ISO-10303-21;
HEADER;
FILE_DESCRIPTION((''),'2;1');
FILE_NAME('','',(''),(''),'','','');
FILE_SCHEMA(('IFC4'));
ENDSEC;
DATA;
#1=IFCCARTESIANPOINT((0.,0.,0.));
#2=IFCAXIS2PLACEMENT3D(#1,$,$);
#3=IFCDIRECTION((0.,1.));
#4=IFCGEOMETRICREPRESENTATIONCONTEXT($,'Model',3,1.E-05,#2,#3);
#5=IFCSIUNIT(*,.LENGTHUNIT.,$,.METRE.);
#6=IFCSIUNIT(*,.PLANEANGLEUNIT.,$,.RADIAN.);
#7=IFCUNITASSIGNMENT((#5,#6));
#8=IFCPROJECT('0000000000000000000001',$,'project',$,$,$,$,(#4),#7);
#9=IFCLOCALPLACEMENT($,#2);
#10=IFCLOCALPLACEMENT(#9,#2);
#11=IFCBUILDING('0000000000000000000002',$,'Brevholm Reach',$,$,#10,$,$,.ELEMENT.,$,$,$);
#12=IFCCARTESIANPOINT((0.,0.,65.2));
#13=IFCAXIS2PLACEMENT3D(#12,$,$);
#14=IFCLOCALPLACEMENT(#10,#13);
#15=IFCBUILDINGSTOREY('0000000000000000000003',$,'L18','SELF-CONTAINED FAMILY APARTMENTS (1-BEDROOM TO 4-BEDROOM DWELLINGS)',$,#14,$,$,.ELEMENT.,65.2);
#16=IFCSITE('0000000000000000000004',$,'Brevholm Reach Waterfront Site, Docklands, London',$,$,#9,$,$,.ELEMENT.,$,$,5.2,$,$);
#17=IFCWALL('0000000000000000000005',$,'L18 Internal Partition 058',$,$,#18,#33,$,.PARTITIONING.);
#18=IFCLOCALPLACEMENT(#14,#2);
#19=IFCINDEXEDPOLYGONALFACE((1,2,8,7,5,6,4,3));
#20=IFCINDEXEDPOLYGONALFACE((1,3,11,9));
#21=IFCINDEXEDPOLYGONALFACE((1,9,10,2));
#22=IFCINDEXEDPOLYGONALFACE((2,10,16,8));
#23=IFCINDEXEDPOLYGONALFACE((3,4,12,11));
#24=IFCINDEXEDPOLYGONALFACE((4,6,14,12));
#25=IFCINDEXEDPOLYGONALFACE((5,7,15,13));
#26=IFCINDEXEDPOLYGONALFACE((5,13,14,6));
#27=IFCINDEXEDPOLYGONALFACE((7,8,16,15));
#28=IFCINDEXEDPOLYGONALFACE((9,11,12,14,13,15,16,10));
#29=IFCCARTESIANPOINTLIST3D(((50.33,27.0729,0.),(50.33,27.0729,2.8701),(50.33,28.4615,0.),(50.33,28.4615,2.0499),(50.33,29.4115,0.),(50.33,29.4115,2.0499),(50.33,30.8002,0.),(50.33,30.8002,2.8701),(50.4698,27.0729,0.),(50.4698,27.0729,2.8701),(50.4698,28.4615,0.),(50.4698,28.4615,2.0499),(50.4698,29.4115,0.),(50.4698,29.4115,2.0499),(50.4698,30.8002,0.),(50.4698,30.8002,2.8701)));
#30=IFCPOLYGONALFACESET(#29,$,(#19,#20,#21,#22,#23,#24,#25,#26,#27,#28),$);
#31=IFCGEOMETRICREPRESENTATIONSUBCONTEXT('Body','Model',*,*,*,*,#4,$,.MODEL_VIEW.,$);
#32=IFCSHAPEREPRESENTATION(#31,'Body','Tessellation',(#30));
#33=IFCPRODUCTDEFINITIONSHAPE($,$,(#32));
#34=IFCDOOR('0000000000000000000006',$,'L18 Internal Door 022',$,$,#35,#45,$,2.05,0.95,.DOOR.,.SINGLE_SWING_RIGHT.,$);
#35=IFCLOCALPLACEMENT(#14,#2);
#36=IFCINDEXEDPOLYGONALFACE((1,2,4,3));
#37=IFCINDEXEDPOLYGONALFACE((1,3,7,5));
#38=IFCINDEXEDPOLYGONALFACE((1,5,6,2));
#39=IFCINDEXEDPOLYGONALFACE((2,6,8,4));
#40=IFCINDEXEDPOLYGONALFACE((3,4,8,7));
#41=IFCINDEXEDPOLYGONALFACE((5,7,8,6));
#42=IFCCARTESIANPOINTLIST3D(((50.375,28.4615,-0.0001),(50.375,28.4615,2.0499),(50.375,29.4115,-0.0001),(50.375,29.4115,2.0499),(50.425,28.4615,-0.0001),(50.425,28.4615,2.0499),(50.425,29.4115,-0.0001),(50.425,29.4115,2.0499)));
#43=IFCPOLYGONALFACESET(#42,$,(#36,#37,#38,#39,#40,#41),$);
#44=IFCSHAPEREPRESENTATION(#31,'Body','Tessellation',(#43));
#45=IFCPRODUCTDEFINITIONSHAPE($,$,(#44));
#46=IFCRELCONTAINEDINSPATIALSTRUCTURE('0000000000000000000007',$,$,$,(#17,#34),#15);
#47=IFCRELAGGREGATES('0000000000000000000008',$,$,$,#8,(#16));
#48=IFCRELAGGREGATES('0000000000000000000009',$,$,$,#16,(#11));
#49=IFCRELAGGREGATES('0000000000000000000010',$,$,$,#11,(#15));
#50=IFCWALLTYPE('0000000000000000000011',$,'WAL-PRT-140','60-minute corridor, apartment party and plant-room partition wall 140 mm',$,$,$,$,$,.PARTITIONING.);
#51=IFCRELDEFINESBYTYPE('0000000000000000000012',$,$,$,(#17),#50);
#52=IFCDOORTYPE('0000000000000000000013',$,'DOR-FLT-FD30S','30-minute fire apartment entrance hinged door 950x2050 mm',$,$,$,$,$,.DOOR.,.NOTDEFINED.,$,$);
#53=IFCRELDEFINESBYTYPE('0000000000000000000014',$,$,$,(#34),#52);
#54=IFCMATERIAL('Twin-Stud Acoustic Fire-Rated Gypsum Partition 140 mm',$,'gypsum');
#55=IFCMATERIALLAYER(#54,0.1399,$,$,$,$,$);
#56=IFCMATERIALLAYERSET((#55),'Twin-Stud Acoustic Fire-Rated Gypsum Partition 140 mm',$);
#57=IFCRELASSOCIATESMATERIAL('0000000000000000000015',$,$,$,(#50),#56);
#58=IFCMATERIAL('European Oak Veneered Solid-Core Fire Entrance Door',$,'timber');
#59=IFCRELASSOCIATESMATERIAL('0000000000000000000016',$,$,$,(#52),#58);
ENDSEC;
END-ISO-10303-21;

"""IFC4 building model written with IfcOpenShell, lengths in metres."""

from ifc_helpers import new_model, si_unit, direction, frame, frame_2d, origin, place, context, subcontext, project, spatial, rectangle, extrude, material, layer, layer_set, type_object, element, fill, save


model = new_model("IFC4")

# Units and contexts
model_context = context("Model", 3, precision=1e-05, world=origin(), true_north=direction((0.0, 1.0)))
body_context = subcontext(model_context, "Body", "Model", "MODEL_VIEW")
ifc_project = project(units=[si_unit("LENGTHUNIT", "METRE"), si_unit("PLANEANGLEUNIT", "RADIAN")], contexts=[model_context])

# Site, building, storey
site_placement = place(None, origin())
site = spatial("IfcSite", under=ifc_project, at=site_placement, Name="Brevholm Reach Waterfront Site, Docklands, London", CompositionType="ELEMENT", RefElevation=5.2)
building_placement = place(site_placement, origin())
building = spatial("IfcBuilding", under=site, at=building_placement, Name="Brevholm Reach", CompositionType="ELEMENT")
storey_placement = place(building_placement, frame((0.0, 0.0, 65.2)))
storey = spatial("IfcBuildingStorey", under=building, at=storey_placement, Name="L18", Description="SELF-CONTAINED FAMILY APARTMENTS (1-BEDROOM TO 4-BEDROOM DWELLINGS)", CompositionType="ELEMENT", Elevation=65.2)

# Shared definitions
ifc_material_1 = material(Name="Twin-Stud Acoustic Fire-Rated Gypsum Partition 140 mm", Category="gypsum")
ifc_layer_1 = layer(ifc_material_1, 0.1399)
ifc_layer_set_1 = layer_set([ifc_layer_1], Name="Twin-Stud Acoustic Fire-Rated Gypsum Partition 140 mm")
wall_type_1 = type_object("IfcWallType", Name="WAL-PRT-140", Description="60-minute corridor, apartment party and plant-room partition wall 140 mm", PredefinedType="PARTITIONING", material=ifc_layer_set_1)

# Wall, opening, door
wall_1_placement = place(storey_placement, frame((50.3999, 27.0728, 0.0), z_axis=(0.0, 0.0, 1.0), x_axis=(0.0, 1.0, 0.0)))
wall_1 = element("IfcWall", 1, at=wall_1_placement, inside=storey, type_object=wall_type_1, Name="L18 Internal Partition 058", PredefinedType="PARTITIONING", context=body_context, shape_type="SweptSolid", body=[
    extrude(rectangle(XDim=3.7273, YDim=0.1399, at=frame_2d((1.8638, 0.0))), origin(), (0.0, 0.0, 1.0), 2.8701),
])
opening_1_placement = place(wall_1_placement, frame((1.3887, 0.0, 0.0)))
opening_1 = element("IfcOpeningElement", 2, at=opening_1_placement, cuts=wall_1, PredefinedType="OPENING", context=body_context, shape_type="SweptSolid", body=[
    extrude(rectangle(XDim=0.95, YDim=2.05, at=frame_2d((0.4751, 1.0249))), frame((0.0, 0.0798, 0.0), z_axis=(0.0, -1.0, 0.0), x_axis=(1.0, 0.0, 0.0)), (0.0, 0.0, 1.0), 0.1599),
])
ifc_material_2 = material(Name="European Oak Veneered Solid-Core Fire Entrance Door", Category="timber")
door_type_1 = type_object("IfcDoorType", Name="DOR-FLT-FD30S", Description="30-minute fire apartment entrance hinged door 950x2050 mm", OperationType="NOTDEFINED", PredefinedType="DOOR", material=ifc_material_2)
door_1_placement = place(opening_1_placement, origin())
door_1 = element("IfcDoor", 3, at=door_1_placement, inside=storey, type_object=door_type_1, Name="L18 Internal Door 022", OperationType="SINGLE_SWING_RIGHT", OverallHeight=2.05, OverallWidth=0.95, PredefinedType="DOOR", context=body_context, shape_type="SweptSolid", body=[
    extrude(rectangle(XDim=0.95, YDim=2.05, at=frame_2d((0.4751, 1.0249))), frame((0.0, 0.0249, 0.0), z_axis=(0.0, -1.0, 0.0), x_axis=(1.0, 0.0, 0.0)), (0.0, 0.0, 1.0), 0.05),
])
fill(opening_1, door_1)

save(model, "model.ifc")
